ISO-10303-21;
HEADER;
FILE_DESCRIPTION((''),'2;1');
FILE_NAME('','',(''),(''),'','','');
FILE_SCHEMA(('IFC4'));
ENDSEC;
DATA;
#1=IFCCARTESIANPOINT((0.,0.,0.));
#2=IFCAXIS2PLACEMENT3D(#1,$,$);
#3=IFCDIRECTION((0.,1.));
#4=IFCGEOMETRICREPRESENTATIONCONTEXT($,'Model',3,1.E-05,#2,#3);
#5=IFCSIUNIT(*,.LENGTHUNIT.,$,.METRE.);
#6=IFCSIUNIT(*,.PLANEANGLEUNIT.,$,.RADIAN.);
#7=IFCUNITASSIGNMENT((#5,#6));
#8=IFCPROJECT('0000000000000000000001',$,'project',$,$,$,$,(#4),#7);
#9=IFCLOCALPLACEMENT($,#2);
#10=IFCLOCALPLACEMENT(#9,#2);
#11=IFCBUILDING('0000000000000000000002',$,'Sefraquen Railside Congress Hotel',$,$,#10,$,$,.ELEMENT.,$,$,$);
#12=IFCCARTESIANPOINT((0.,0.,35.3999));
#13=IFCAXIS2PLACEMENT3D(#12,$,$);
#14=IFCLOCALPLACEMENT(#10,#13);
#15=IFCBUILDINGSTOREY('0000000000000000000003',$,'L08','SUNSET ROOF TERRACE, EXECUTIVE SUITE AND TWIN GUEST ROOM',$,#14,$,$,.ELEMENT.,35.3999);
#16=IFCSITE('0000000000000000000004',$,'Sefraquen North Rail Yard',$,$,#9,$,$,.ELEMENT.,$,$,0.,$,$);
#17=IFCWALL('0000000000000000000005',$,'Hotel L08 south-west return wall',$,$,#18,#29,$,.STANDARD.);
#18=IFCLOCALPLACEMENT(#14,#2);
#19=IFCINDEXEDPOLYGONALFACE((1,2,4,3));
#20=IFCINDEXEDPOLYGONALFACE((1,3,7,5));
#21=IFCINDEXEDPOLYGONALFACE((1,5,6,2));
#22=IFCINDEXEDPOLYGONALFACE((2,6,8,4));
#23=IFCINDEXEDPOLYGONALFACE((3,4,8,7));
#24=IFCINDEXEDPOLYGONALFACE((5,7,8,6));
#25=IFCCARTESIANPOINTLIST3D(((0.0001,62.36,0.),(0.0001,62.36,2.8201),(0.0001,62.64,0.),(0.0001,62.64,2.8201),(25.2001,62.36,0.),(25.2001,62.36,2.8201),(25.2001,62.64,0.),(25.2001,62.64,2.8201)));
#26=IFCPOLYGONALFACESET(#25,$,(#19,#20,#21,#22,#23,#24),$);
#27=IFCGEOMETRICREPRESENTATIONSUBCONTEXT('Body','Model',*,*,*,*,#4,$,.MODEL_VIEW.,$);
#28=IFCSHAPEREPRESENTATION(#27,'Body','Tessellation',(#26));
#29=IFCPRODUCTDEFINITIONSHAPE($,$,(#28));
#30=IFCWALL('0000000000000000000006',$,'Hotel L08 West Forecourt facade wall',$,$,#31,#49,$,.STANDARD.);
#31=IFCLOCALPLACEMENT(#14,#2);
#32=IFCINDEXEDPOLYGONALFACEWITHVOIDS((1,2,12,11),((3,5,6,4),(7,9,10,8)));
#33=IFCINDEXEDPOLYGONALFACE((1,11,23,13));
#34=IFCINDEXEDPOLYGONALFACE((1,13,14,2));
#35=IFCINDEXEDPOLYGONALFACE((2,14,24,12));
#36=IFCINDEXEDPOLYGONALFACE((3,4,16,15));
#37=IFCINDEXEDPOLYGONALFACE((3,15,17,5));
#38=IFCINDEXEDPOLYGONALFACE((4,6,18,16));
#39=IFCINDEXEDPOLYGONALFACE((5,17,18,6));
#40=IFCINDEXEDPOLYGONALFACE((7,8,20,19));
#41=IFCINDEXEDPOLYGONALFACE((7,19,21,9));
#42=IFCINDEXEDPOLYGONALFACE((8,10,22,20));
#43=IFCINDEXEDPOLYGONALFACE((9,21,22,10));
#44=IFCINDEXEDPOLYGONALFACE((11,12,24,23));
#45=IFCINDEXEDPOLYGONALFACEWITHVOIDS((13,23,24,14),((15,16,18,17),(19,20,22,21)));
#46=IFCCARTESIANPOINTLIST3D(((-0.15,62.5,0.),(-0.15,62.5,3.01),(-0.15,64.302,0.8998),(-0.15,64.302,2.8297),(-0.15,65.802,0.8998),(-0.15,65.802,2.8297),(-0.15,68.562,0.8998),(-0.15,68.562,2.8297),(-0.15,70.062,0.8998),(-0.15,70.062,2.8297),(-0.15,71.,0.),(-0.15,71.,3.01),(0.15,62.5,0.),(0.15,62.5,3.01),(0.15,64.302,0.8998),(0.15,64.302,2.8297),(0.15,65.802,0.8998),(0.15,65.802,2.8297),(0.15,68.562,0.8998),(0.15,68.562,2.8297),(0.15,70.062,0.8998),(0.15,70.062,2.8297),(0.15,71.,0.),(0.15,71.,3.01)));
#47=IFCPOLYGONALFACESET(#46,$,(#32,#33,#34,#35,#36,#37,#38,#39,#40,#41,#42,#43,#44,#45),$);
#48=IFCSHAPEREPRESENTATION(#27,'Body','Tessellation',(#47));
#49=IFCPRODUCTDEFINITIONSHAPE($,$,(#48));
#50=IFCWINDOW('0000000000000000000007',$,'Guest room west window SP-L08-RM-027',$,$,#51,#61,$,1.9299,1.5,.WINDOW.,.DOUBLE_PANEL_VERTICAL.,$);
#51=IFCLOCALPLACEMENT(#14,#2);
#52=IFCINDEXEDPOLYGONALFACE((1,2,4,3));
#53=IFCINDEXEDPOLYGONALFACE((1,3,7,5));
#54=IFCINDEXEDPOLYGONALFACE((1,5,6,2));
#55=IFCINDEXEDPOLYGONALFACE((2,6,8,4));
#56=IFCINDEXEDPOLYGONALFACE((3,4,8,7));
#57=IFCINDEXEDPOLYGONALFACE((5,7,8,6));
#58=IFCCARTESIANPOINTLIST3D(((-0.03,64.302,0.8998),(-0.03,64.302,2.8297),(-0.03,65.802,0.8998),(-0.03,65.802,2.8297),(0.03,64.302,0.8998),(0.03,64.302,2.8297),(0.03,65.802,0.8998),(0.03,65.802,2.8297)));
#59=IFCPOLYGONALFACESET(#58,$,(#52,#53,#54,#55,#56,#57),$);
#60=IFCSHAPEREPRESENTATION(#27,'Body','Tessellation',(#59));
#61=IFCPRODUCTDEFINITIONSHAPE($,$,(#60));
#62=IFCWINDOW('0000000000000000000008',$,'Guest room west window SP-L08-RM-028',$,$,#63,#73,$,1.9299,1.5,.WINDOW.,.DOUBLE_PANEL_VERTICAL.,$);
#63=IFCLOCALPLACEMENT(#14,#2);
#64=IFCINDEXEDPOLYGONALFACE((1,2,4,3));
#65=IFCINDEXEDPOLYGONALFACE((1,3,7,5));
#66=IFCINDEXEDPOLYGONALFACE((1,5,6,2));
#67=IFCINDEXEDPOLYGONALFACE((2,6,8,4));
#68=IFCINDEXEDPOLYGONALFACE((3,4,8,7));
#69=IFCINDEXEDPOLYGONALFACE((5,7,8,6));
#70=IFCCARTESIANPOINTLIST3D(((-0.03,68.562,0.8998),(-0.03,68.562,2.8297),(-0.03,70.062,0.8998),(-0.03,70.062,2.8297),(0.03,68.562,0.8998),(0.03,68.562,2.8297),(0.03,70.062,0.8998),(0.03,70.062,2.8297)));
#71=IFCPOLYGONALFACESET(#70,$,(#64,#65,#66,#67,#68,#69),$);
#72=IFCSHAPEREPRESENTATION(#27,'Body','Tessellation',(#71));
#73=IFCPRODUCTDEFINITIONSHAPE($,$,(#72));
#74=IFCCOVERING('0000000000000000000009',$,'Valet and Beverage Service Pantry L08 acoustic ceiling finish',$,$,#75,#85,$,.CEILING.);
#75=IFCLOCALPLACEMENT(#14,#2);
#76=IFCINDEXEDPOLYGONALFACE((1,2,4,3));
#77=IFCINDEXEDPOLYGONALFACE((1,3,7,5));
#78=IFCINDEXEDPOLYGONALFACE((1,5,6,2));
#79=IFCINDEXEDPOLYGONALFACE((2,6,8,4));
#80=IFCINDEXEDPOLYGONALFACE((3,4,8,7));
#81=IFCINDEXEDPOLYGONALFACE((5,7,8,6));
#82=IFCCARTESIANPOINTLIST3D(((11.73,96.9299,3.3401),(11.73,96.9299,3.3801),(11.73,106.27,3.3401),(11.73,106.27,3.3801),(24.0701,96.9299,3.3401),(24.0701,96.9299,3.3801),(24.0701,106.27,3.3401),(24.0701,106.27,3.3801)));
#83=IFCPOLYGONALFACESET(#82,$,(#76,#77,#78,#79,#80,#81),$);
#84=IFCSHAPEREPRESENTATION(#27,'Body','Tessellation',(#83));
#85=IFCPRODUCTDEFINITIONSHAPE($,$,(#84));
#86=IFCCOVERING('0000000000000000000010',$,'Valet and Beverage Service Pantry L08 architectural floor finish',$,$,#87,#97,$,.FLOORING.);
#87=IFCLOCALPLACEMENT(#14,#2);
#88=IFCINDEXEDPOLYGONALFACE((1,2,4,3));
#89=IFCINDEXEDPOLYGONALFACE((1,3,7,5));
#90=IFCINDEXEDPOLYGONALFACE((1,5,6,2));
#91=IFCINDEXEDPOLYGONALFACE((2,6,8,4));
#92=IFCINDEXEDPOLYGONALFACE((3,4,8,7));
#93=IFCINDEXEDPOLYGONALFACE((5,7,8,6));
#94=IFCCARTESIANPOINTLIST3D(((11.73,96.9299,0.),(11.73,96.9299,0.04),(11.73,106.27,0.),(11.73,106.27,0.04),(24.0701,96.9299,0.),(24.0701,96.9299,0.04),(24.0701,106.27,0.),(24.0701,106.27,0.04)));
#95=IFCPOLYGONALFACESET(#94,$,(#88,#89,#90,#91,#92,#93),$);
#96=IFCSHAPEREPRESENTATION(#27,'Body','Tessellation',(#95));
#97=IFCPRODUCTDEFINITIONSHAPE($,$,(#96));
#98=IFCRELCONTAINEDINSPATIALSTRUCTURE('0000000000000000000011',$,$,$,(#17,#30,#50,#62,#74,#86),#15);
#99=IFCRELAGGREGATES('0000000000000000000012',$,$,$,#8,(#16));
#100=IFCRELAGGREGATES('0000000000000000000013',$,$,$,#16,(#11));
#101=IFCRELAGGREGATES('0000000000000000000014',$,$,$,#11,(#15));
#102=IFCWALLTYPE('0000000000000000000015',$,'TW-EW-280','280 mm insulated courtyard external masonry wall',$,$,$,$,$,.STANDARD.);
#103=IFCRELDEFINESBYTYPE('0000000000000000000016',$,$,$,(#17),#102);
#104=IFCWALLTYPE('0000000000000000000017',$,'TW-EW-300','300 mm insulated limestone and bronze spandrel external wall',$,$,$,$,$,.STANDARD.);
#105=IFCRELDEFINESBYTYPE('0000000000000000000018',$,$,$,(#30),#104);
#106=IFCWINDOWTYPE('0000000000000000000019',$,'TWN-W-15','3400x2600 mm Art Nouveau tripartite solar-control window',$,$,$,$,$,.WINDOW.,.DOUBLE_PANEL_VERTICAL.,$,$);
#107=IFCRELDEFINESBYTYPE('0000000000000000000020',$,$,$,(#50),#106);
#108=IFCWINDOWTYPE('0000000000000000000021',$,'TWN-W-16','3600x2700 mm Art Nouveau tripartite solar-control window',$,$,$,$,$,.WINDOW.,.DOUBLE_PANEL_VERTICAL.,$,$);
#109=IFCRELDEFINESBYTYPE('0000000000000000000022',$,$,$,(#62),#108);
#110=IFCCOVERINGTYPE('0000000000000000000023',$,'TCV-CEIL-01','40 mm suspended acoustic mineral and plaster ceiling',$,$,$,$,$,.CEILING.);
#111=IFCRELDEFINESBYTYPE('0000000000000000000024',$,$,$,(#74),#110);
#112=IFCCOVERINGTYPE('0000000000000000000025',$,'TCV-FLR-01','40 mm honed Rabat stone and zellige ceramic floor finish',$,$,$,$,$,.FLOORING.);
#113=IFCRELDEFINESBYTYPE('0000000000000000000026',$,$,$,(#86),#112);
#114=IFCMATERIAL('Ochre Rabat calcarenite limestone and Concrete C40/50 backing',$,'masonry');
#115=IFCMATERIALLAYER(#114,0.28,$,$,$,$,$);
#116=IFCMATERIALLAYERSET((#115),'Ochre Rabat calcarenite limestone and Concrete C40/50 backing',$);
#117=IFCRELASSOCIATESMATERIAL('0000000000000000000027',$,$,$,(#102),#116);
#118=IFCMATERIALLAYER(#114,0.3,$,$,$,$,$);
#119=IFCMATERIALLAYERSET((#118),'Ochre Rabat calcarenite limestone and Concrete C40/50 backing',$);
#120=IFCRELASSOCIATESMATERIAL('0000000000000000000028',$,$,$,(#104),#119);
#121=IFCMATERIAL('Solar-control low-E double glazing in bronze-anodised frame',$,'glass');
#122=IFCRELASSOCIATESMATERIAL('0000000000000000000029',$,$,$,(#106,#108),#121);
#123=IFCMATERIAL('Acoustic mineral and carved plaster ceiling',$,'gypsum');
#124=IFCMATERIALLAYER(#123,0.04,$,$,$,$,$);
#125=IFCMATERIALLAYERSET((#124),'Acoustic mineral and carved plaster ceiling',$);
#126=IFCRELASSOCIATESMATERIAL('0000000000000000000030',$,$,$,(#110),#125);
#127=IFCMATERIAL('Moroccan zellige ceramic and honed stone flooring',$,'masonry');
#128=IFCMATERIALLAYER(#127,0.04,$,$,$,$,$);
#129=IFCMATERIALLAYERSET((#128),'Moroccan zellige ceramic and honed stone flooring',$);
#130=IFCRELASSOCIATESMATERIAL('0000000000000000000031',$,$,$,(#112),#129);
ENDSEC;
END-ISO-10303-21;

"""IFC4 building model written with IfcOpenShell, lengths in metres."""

from ifc_helpers import new_model, si_unit, direction, frame, frame_2d, origin, place, context, subcontext, project, spatial, polyline, rectangle, outline, extrude, material, layer, layer_set, type_object, element, fill, save


model = new_model("IFC4")

# Units and contexts
model_context = context("Model", 3, precision=1e-05, world=origin(), true_north=direction((0.0, 1.0)))
body_context = subcontext(model_context, "Body", "Model", "MODEL_VIEW")
ifc_project = project(units=[si_unit("LENGTHUNIT", "METRE"), si_unit("PLANEANGLEUNIT", "RADIAN")], contexts=[model_context])

# Site, building, storey
site_placement = place(None, origin())
site = spatial("IfcSite", under=ifc_project, at=site_placement, Name="Sefraquen North Rail Yard", CompositionType="ELEMENT", RefElevation=0.0)
building_placement = place(site_placement, origin())
building = spatial("IfcBuilding", under=site, at=building_placement, Name="Sefraquen Railside Congress Hotel", CompositionType="ELEMENT")
storey_placement = place(building_placement, frame((0.0, 0.0, 35.3999)))
storey = spatial("IfcBuildingStorey", under=building, at=storey_placement, Name="L08", Description="SUNSET ROOF TERRACE, EXECUTIVE SUITE AND TWIN GUEST ROOM", CompositionType="ELEMENT", Elevation=35.3999)

# Wall
ifc_material_1 = material(Name="Ochre Rabat calcarenite limestone and Concrete C40/50 backing", Category="masonry")
ifc_layer_1 = layer(ifc_material_1, 0.28)
ifc_layer_set_1 = layer_set([ifc_layer_1], Name="Ochre Rabat calcarenite limestone and Concrete C40/50 backing")
wall_type_1 = type_object("IfcWallType", Name="TW-EW-280", Description="280 mm insulated courtyard external masonry wall", PredefinedType="STANDARD", material=ifc_layer_set_1)
wall_1_placement = place(storey_placement, frame((0.0, 62.5, 0.0), z_axis=(0.0, 0.0, 1.0), x_axis=(1.0, 0.0, 0.0)))
element("IfcWall", 1, at=wall_1_placement, inside=storey, type_object=wall_type_1, Name="Hotel L08 south-west return wall", PredefinedType="STANDARD", context=body_context, shape_type="SweptSolid", body=[
    extrude(rectangle(XDim=25.2, YDim=0.28, at=frame_2d((12.6001, 0.0))), origin(), (0.0, 0.0, 1.0), 2.8201),
])

# Wall, openings, windows
ifc_layer_2 = layer(ifc_material_1, 0.3)
ifc_layer_set_2 = layer_set([ifc_layer_2], Name="Ochre Rabat calcarenite limestone and Concrete C40/50 backing")
wall_type_2 = type_object("IfcWallType", Name="TW-EW-300", Description="300 mm insulated limestone and bronze spandrel external wall", PredefinedType="STANDARD", material=ifc_layer_set_2)
wall_2_placement = place(storey_placement, frame((0.0, 62.5, 0.0), z_axis=(0.0, 0.0, 1.0), x_axis=(0.0, 1.0, 0.0)))
wall_2 = element("IfcWall", 2, at=wall_2_placement, inside=storey, type_object=wall_type_2, Name="Hotel L08 West Forecourt facade wall", PredefinedType="STANDARD", context=body_context, shape_type="SweptSolid", body=[
    extrude(rectangle(XDim=8.5, YDim=0.3, at=frame_2d((4.25, 0.0))), origin(), (0.0, 0.0, 1.0), 3.01),
])
opening_1_placement = place(wall_2_placement, frame((1.802, 0.0, 0.8999)))
opening_1 = element("IfcOpeningElement", 3, at=opening_1_placement, cuts=wall_2, PredefinedType="OPENING", context=body_context, shape_type="SweptSolid", body=[
    extrude(rectangle(XDim=1.5, YDim=1.9299, at=frame_2d((0.75, 0.9648))), frame((0.0, 0.1599, 0.0), z_axis=(0.0, -1.0, 0.0), x_axis=(1.0, 0.0, 0.0)), (0.0, 0.0, 1.0), 0.3201),
])
opening_2_placement = place(wall_2_placement, frame((6.062, 0.0, 0.8999)))
opening_2 = element("IfcOpeningElement", 4, at=opening_2_placement, cuts=wall_2, PredefinedType="OPENING", context=body_context, shape_type="SweptSolid", body=[
    extrude(rectangle(XDim=1.5, YDim=1.9299, at=frame_2d((0.75, 0.9648))), frame((0.0, 0.1599, 0.0), z_axis=(0.0, -1.0, 0.0), x_axis=(1.0, 0.0, 0.0)), (0.0, 0.0, 1.0), 0.3201),
])
ifc_material_2 = material(Name="Solar-control low-E double glazing in bronze-anodised frame", Category="glass")
window_type_1 = type_object("IfcWindowType", Name="TWN-W-15", Description="3400x2600 mm Art Nouveau tripartite solar-control window", PartitioningType="DOUBLE_PANEL_VERTICAL", PredefinedType="WINDOW", material=ifc_material_2)
window_1_placement = place(opening_1_placement, origin())
window_1 = element("IfcWindow", 5, at=window_1_placement, inside=storey, type_object=window_type_1, Name="Guest room west window SP-L08-RM-027", OverallHeight=1.9299, OverallWidth=1.5, PartitioningType="DOUBLE_PANEL_VERTICAL", PredefinedType="WINDOW", context=body_context, shape_type="SweptSolid", body=[
    extrude(rectangle(XDim=1.5, YDim=1.9299, at=frame_2d((0.75, 0.9648))), frame((0.0, 0.03, 0.0), z_axis=(0.0, -1.0, 0.0), x_axis=(1.0, 0.0, 0.0)), (0.0, 0.0, 1.0), 0.0601),
])
fill(opening_1, window_1)
window_type_2 = type_object("IfcWindowType", Name="TWN-W-16", Description="3600x2700 mm Art Nouveau tripartite solar-control window", PartitioningType="DOUBLE_PANEL_VERTICAL", PredefinedType="WINDOW", material=ifc_material_2)
window_2_placement = place(opening_2_placement, origin())
window_2 = element("IfcWindow", 6, at=window_2_placement, inside=storey, type_object=window_type_2, Name="Guest room west window SP-L08-RM-028", OverallHeight=1.9299, OverallWidth=1.5, PartitioningType="DOUBLE_PANEL_VERTICAL", PredefinedType="WINDOW", context=body_context, shape_type="SweptSolid", body=[
    extrude(rectangle(XDim=1.5, YDim=1.9299, at=frame_2d((0.75, 0.9648))), frame((0.0, 0.03, 0.0), z_axis=(0.0, -1.0, 0.0), x_axis=(1.0, 0.0, 0.0)), (0.0, 0.0, 1.0), 0.0601),
])
fill(opening_2, window_2)

# Coverings
ifc_material_3 = material(Name="Acoustic mineral and carved plaster ceiling", Category="gypsum")
ifc_layer_3 = layer(ifc_material_3, 0.04)
ifc_layer_set_3 = layer_set([ifc_layer_3], Name="Acoustic mineral and carved plaster ceiling")
covering_type_1 = type_object("IfcCoveringType", Name="TCV-CEIL-01", Description="40 mm suspended acoustic mineral and plaster ceiling", PredefinedType="CEILING", material=ifc_layer_set_3)
covering_1_placement = place(storey_placement, frame((0.0, 0.0, 3.3401)))
element("IfcCovering", 7, at=covering_1_placement, inside=storey, type_object=covering_type_1, Name="Valet and Beverage Service Pantry L08 acoustic ceiling finish", PredefinedType="CEILING", context=body_context, shape_type="SweptSolid", body=[
    extrude(outline(polyline([(11.73, 96.9299), (24.0701, 96.9299), (24.0701, 106.27), (11.73, 106.27), (11.73, 96.9299)])), origin(), (0.0, 0.0, 1.0), 0.04),
])
ifc_material_4 = material(Name="Moroccan zellige ceramic and honed stone flooring", Category="masonry")
ifc_layer_4 = layer(ifc_material_4, 0.04)
ifc_layer_set_4 = layer_set([ifc_layer_4], Name="Moroccan zellige ceramic and honed stone flooring")
covering_type_2 = type_object("IfcCoveringType", Name="TCV-FLR-01", Description="40 mm honed Rabat stone and zellige ceramic floor finish", PredefinedType="FLOORING", material=ifc_layer_set_4)
covering_2_placement = place(storey_placement, origin())
element("IfcCovering", 8, at=covering_2_placement, inside=storey, type_object=covering_type_2, Name="Valet and Beverage Service Pantry L08 architectural floor finish", PredefinedType="FLOORING", context=body_context, shape_type="SweptSolid", body=[
    extrude(outline(polyline([(11.73, 96.9299), (24.0701, 96.9299), (24.0701, 106.27), (11.73, 106.27), (11.73, 96.9299)])), origin(), (0.0, 0.0, 1.0), 0.04),
])

save(model, "model.ifc")
